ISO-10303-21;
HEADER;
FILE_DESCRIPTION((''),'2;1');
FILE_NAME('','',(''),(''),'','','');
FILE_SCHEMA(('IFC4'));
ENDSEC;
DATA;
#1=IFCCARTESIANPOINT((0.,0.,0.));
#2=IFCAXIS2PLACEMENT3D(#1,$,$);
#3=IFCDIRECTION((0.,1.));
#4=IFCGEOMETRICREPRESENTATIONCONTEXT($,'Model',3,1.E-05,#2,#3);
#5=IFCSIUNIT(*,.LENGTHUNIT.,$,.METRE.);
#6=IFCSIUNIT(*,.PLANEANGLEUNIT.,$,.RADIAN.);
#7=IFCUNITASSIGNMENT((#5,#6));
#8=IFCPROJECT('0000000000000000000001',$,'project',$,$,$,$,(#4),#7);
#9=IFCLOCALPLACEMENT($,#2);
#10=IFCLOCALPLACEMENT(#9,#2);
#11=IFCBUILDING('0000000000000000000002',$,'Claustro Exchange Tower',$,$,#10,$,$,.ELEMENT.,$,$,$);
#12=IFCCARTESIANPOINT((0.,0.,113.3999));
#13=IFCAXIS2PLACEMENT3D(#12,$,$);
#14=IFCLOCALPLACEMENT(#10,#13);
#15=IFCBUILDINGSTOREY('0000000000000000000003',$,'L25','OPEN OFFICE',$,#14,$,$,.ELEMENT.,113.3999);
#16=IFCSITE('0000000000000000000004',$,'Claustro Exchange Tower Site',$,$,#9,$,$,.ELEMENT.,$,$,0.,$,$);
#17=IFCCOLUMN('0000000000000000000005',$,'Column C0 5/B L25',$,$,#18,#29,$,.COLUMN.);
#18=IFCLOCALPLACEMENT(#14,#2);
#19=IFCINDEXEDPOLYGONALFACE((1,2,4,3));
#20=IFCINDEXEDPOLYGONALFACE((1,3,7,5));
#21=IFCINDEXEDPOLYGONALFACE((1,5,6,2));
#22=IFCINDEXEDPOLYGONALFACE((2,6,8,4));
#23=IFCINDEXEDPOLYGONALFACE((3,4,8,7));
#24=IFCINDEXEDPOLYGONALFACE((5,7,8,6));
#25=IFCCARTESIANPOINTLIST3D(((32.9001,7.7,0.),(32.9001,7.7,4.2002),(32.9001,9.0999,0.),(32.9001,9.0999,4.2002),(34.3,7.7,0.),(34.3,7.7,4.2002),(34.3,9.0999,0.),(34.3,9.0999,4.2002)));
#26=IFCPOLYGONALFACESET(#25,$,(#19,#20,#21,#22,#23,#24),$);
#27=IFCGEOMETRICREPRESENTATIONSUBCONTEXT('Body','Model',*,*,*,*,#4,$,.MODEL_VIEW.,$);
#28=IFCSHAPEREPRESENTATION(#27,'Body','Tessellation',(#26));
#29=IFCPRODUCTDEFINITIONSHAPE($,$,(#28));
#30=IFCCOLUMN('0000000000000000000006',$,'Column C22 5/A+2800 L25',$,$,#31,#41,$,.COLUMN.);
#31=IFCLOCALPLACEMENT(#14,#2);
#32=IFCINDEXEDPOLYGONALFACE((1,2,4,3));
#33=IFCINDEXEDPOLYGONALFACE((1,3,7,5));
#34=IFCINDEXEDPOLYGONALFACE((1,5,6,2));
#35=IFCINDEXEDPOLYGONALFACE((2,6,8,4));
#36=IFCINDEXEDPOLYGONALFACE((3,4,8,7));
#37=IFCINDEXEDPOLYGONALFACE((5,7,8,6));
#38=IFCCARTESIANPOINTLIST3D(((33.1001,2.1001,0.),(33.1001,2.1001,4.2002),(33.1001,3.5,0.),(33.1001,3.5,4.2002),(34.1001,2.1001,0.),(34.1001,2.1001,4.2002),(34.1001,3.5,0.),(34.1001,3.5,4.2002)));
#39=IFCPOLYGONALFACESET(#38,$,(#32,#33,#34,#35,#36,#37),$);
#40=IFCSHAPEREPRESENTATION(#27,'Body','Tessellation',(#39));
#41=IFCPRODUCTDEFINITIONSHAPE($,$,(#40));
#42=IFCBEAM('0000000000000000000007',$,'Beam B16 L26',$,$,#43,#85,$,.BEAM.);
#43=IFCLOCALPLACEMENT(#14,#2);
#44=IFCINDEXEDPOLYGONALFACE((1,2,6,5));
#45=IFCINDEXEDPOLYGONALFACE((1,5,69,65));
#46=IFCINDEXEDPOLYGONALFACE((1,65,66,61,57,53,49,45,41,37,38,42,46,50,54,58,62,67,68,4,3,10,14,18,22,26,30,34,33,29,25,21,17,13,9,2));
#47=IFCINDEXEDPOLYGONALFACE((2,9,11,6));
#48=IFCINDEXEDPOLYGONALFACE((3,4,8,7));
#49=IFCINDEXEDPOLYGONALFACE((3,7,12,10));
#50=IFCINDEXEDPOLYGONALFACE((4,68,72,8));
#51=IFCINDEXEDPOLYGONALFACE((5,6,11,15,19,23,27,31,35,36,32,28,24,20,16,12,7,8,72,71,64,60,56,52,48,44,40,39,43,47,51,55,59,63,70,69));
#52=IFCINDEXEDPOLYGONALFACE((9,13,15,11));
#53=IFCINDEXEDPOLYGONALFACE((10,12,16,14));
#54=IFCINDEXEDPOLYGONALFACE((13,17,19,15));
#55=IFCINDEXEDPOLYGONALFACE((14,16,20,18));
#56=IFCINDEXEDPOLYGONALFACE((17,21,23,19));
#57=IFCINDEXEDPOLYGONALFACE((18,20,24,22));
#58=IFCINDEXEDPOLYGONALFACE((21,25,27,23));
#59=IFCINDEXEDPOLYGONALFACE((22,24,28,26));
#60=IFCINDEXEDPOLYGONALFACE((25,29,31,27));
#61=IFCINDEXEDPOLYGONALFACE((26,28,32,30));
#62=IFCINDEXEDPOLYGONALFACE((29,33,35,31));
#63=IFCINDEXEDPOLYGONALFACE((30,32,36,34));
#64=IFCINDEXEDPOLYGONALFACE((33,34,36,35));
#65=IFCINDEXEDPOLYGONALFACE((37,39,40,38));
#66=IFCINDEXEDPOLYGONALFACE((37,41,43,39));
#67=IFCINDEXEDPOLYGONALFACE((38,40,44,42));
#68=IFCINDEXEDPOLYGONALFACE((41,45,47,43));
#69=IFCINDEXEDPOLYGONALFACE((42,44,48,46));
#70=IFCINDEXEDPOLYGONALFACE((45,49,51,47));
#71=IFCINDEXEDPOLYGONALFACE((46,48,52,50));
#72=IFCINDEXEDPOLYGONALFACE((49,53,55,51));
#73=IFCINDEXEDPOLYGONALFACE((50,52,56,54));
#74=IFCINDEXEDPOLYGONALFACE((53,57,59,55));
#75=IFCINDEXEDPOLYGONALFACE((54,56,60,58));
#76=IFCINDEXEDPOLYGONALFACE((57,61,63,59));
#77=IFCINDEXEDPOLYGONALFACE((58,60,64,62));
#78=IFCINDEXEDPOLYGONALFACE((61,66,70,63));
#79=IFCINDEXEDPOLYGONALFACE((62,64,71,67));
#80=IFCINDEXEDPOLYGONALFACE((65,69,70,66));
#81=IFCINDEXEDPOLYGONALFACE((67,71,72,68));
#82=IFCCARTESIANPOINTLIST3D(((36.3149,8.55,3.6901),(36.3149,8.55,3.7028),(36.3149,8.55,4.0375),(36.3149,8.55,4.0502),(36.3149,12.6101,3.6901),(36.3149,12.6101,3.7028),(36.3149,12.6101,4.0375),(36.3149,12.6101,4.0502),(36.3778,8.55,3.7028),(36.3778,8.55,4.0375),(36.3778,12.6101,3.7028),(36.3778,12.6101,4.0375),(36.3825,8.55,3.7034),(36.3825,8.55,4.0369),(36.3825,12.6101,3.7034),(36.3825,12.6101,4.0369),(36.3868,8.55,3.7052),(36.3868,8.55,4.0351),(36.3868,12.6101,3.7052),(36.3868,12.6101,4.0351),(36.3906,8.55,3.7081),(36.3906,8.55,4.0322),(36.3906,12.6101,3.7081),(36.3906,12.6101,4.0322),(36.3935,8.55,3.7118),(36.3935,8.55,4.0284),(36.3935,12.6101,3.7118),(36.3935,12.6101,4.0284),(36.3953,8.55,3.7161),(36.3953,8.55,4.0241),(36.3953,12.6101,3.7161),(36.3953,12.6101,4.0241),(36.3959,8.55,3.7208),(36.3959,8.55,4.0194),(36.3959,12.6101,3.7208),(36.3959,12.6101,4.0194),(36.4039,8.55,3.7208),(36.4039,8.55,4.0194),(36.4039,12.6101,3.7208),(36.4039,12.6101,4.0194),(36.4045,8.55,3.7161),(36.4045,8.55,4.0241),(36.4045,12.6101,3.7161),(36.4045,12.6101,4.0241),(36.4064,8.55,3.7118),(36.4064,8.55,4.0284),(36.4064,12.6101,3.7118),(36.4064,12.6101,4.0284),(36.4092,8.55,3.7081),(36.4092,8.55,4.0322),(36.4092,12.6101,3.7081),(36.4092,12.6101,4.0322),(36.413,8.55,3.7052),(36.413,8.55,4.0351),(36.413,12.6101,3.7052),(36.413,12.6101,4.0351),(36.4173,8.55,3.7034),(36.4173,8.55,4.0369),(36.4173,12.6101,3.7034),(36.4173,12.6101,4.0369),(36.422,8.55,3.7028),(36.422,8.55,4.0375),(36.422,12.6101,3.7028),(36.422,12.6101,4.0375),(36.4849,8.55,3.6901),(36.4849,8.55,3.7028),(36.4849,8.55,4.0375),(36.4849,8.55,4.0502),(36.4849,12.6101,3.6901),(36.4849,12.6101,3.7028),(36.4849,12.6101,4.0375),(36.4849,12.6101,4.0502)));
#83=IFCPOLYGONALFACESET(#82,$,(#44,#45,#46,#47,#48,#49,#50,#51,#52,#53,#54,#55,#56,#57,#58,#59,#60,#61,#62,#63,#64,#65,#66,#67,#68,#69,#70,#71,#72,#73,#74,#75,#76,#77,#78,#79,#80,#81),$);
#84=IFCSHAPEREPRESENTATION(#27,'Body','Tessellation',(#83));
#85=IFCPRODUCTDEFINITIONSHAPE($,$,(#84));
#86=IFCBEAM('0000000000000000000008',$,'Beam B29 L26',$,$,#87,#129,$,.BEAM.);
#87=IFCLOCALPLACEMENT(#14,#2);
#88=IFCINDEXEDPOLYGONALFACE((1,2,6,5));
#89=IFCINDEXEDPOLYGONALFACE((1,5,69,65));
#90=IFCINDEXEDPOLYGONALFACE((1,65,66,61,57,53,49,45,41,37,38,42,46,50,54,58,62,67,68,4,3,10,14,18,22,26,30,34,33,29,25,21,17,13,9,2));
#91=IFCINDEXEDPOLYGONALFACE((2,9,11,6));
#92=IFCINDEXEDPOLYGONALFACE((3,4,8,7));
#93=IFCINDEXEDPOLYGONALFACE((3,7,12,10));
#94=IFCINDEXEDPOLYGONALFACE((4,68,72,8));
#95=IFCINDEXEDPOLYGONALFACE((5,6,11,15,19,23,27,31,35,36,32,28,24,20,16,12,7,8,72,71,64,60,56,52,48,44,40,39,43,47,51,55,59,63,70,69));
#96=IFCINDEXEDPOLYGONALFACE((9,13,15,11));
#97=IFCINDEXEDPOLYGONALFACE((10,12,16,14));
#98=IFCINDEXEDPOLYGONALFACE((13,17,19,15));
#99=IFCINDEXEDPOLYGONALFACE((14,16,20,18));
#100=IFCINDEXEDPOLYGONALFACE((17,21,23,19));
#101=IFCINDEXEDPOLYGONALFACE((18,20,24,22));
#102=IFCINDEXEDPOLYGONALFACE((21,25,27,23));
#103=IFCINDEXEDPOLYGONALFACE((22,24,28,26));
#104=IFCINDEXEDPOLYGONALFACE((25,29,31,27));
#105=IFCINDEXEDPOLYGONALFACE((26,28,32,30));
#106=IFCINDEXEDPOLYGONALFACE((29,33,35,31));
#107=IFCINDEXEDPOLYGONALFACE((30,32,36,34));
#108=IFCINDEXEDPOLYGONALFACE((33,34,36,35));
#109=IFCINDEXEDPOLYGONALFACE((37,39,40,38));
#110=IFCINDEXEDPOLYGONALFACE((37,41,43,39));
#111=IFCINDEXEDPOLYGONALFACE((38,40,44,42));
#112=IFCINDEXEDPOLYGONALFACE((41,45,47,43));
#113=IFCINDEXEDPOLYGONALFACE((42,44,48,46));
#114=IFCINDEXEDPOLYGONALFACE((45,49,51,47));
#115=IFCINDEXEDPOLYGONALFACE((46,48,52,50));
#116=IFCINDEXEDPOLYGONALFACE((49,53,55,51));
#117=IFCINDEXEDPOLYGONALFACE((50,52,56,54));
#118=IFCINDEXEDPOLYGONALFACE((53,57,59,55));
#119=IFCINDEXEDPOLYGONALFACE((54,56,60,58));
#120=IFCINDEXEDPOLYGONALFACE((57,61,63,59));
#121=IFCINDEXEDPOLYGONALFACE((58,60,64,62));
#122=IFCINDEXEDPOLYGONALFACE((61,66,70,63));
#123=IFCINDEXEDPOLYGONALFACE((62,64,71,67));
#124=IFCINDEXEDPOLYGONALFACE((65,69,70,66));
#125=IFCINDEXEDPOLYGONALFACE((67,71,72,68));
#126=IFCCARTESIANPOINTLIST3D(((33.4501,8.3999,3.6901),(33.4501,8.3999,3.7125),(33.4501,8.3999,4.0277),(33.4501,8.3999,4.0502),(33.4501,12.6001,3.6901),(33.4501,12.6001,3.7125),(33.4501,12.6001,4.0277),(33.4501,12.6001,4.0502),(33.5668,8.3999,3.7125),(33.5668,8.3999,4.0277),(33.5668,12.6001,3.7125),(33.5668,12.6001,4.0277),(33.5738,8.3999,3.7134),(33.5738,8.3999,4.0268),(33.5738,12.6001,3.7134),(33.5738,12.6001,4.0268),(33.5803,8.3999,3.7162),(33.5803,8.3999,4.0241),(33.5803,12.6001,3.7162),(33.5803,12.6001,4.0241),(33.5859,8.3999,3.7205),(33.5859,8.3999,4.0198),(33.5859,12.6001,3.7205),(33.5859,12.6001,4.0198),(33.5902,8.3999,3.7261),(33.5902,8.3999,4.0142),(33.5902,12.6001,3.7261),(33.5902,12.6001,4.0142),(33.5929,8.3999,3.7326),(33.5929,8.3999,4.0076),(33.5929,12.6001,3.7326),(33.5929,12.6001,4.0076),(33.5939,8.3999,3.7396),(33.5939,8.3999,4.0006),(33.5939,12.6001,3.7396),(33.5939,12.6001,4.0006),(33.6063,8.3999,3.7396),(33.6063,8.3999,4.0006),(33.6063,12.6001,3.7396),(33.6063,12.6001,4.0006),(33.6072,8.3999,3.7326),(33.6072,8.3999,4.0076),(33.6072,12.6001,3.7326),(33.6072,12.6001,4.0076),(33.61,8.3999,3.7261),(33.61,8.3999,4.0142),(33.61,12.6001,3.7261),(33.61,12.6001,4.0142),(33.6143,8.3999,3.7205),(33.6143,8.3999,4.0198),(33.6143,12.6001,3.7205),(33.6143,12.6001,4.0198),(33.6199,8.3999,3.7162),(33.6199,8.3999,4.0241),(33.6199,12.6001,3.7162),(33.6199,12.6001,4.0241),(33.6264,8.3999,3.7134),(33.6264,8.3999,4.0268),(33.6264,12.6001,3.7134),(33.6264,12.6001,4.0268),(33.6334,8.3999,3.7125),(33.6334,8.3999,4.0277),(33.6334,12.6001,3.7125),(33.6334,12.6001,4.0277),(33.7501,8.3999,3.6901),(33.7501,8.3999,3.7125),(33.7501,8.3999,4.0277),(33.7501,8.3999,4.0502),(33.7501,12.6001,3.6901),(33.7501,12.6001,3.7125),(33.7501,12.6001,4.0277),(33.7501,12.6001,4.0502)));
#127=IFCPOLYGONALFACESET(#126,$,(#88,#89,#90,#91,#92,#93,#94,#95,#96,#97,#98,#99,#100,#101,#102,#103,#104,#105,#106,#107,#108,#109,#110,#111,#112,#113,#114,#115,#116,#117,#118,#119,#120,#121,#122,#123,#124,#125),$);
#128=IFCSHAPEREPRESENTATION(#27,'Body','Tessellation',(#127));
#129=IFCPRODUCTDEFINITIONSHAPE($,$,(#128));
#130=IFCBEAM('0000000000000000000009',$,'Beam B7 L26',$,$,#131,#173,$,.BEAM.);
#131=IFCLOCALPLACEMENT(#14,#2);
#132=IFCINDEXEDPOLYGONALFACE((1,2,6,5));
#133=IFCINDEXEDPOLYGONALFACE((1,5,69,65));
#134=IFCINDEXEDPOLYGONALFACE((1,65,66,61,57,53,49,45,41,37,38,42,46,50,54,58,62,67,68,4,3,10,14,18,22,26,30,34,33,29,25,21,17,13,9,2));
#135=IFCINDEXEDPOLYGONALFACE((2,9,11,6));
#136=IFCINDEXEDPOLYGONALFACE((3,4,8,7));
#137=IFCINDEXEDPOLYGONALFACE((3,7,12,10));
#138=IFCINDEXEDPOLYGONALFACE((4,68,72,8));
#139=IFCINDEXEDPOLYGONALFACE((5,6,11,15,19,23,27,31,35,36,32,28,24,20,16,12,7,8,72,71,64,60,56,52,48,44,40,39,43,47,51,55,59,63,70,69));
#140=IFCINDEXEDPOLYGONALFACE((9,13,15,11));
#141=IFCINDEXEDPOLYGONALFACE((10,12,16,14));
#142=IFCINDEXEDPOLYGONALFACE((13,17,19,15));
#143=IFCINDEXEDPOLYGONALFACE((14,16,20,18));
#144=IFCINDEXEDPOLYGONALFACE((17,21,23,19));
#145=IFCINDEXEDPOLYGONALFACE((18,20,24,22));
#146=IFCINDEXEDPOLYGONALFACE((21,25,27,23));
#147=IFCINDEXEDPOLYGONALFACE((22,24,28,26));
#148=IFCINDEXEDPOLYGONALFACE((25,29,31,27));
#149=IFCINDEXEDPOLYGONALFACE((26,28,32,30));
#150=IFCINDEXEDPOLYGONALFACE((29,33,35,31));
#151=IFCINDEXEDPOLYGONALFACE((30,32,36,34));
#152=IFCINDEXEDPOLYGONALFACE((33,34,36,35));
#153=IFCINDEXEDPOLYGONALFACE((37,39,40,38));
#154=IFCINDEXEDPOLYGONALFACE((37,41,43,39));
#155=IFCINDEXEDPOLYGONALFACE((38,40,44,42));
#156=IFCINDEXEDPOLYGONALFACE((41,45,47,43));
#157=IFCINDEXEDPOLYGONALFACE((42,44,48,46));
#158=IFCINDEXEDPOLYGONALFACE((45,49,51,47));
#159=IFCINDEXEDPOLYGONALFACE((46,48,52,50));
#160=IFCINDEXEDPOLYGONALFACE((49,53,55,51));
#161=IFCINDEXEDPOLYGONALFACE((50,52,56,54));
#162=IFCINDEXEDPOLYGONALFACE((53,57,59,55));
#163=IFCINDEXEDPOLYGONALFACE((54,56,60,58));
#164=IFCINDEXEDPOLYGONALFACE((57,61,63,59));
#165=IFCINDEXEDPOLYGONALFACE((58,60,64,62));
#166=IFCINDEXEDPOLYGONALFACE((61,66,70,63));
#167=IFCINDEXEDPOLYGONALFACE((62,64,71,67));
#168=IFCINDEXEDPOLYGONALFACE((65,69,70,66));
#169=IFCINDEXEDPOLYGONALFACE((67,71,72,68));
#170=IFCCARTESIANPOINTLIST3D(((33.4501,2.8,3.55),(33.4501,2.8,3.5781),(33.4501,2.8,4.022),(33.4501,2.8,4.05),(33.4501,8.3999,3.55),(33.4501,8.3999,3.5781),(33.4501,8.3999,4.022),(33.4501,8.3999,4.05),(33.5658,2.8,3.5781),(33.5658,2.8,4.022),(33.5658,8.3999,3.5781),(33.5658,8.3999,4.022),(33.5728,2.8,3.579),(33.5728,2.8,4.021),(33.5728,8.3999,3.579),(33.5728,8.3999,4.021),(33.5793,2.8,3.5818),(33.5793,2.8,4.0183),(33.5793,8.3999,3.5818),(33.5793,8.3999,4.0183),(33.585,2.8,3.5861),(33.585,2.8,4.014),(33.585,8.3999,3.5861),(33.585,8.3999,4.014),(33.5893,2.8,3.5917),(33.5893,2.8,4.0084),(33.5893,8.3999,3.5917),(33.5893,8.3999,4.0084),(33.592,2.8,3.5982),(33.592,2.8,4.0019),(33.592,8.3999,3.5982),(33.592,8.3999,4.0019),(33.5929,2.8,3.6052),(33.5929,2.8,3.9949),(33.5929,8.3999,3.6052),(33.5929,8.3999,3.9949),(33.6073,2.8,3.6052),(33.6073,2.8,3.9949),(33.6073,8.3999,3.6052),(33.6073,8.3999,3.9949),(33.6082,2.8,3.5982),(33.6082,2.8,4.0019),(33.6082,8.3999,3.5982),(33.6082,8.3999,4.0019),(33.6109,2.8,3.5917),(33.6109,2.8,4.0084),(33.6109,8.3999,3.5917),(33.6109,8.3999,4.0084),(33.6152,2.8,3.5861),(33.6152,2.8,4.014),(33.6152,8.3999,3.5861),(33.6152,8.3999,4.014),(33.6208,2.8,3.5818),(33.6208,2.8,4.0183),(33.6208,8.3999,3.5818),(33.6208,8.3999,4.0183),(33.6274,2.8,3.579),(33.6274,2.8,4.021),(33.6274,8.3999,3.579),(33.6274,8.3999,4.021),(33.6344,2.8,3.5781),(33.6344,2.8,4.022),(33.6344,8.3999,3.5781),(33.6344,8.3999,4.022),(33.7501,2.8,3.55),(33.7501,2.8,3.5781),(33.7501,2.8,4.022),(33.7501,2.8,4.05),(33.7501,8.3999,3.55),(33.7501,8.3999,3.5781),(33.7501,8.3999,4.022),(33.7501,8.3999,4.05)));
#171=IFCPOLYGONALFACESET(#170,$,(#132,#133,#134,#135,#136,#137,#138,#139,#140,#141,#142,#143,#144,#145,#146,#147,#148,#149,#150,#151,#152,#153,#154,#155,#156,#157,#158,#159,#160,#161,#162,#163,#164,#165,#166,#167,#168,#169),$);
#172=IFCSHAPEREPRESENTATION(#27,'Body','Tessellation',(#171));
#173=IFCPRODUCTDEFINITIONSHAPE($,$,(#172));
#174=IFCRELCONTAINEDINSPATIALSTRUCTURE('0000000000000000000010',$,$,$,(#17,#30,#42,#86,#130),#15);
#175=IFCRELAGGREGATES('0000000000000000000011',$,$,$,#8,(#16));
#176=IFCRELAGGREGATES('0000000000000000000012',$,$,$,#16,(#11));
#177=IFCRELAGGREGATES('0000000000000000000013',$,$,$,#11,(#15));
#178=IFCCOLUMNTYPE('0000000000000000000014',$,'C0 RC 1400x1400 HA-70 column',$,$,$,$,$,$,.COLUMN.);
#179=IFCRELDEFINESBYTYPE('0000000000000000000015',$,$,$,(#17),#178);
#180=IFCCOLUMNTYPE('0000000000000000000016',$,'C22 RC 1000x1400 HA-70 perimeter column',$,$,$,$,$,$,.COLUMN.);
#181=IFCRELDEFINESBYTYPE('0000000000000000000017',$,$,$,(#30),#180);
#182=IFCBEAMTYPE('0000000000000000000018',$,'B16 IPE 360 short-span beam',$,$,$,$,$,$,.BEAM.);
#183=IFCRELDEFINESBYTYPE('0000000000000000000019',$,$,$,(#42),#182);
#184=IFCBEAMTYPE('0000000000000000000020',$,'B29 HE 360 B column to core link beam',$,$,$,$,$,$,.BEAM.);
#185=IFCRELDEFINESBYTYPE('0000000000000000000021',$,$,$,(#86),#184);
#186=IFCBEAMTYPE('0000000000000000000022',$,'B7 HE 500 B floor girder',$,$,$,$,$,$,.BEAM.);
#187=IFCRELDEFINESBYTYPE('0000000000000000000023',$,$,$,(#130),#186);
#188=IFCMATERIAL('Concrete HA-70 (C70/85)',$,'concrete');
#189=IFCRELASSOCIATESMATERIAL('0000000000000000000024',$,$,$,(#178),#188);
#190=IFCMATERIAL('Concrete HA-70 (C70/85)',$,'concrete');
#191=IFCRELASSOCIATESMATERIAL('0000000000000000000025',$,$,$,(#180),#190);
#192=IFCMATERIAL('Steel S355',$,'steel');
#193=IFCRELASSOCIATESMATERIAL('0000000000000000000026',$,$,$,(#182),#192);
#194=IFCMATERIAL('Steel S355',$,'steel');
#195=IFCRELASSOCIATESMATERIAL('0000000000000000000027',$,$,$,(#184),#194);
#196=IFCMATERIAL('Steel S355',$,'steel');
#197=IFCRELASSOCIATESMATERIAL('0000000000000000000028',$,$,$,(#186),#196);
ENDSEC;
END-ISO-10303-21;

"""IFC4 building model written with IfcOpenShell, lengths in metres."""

from ifc_helpers import new_model, si_unit, direction, frame, origin, origin_2d, place, context, subcontext, project, spatial, rectangle, i_section, extrude, material, material_profile, profile_set, type_object, element, save


model = new_model("IFC4")

# Units and contexts
model_context = context("Model", 3, precision=1e-05, world=origin(), true_north=direction((0.0, 1.0)))
body_context = subcontext(model_context, "Body", "Model", "MODEL_VIEW")
ifc_project = project(units=[si_unit("LENGTHUNIT", "METRE"), si_unit("PLANEANGLEUNIT", "RADIAN")], contexts=[model_context])

# Site, building, storey
site_placement = place(None, origin())
site = spatial("IfcSite", under=ifc_project, at=site_placement, Name="Claustro Exchange Tower Site", CompositionType="ELEMENT", RefElevation=0.0)
building_placement = place(site_placement, origin())
building = spatial("IfcBuilding", under=site, at=building_placement, Name="Claustro Exchange Tower", CompositionType="ELEMENT")
storey_placement = place(building_placement, frame((0.0, 0.0, 113.3999)))
storey = spatial("IfcBuildingStorey", under=building, at=storey_placement, Name="L25", Description="OPEN OFFICE", CompositionType="ELEMENT", Elevation=113.3999)

# Columns
ifc_material_1 = material(Name="Concrete HA-70 (C70/85)", Category="concrete")
ifc_material_profile_1 = material_profile(ifc_material_1, rectangle(XDim=1.3999, YDim=1.3999, at=origin_2d()), Name="RC 1400x1400")
ifc_profile_set_1 = profile_set([ifc_material_profile_1], Name="Concrete HA-70 (C70/85)")
column_type_1 = type_object("IfcColumnType", Name="C0 RC 1400x1400 HA-70 column", PredefinedType="COLUMN", material=ifc_profile_set_1)
column_1_placement = place(storey_placement, frame((33.6001, 8.3999, 0.0), z_axis=(0.0, 0.0, 1.0), x_axis=(1.0, 0.0, 0.0)))
element("IfcColumn", 1, at=column_1_placement, inside=storey, type_object=column_type_1, Name="Column C0 5/B L25", PredefinedType="COLUMN", context=body_context, shape_type="SweptSolid", body=[
    extrude(rectangle(XDim=1.3999, YDim=1.3999, at=origin_2d()), origin(), (0.0, 0.0, 1.0), 4.2002),
])
ifc_material_2 = material(Name="Concrete HA-70 (C70/85)", Category="concrete")
ifc_material_profile_2 = material_profile(ifc_material_2, rectangle(XDim=1.0, YDim=1.3999, at=origin_2d()), Name="RC 1000x1400")
ifc_profile_set_2 = profile_set([ifc_material_profile_2], Name="Concrete HA-70 (C70/85)")
column_type_2 = type_object("IfcColumnType", Name="C22 RC 1000x1400 HA-70 perimeter column", PredefinedType="COLUMN", material=ifc_profile_set_2)
column_2_placement = place(storey_placement, frame((33.6001, 2.8, 0.0), z_axis=(0.0, 0.0, 1.0), x_axis=(1.0, 0.0, 0.0)))
element("IfcColumn", 2, at=column_2_placement, inside=storey, type_object=column_type_2, Name="Column C22 5/A+2800 L25", PredefinedType="COLUMN", context=body_context, shape_type="SweptSolid", body=[
    extrude(rectangle(XDim=1.0, YDim=1.3999, at=origin_2d()), origin(), (0.0, 0.0, 1.0), 4.2002),
])

# Beams
ifc_material_3 = material(Name="Steel S355", Category="steel")
ifc_material_profile_3 = material_profile(ifc_material_3, i_section(OverallWidth=0.1699, OverallDepth=0.3601, WebThickness=0.0081, FlangeThickness=0.0127, FilletRadius=0.0181, at=origin_2d()), Name="IPE 360")
ifc_profile_set_3 = profile_set([ifc_material_profile_3], Name="Steel S355")
beam_type_1 = type_object("IfcBeamType", Name="B16 IPE 360 short-span beam", PredefinedType="BEAM", material=ifc_profile_set_3)
beam_1_placement = place(storey_placement, frame((36.3999, 8.55, 3.8701), z_axis=(0.0, 1.0, 0.0), x_axis=(-1.0, 0.0, 0.0)))
element("IfcBeam", 3, at=beam_1_placement, inside=storey, type_object=beam_type_1, Name="Beam B16 L26", PredefinedType="BEAM", context=body_context, shape_type="SweptSolid", body=[
    extrude(i_section(OverallWidth=0.1699, OverallDepth=0.3601, WebThickness=0.0081, FlangeThickness=0.0127, FilletRadius=0.0181, at=origin_2d()), origin(), (0.0, 0.0, 1.0), 4.0601),
])
ifc_material_4 = material(Name="Steel S355", Category="steel")
ifc_material_profile_4 = material_profile(ifc_material_4, i_section(OverallWidth=0.3, OverallDepth=0.3601, WebThickness=0.0125, FlangeThickness=0.0225, FilletRadius=0.0271, at=origin_2d()), Name="HE 360 B")
ifc_profile_set_4 = profile_set([ifc_material_profile_4], Name="Steel S355")
beam_type_2 = type_object("IfcBeamType", Name="B29 HE 360 B column to core link beam", PredefinedType="BEAM", material=ifc_profile_set_4)
beam_2_placement = place(storey_placement, frame((33.6001, 8.3999, 3.8701), z_axis=(0.0, 1.0, 0.0), x_axis=(-1.0, 0.0, 0.0)))
element("IfcBeam", 4, at=beam_2_placement, inside=storey, type_object=beam_type_2, Name="Beam B29 L26", PredefinedType="BEAM", context=body_context, shape_type="SweptSolid", body=[
    extrude(i_section(OverallWidth=0.3, OverallDepth=0.3601, WebThickness=0.0125, FlangeThickness=0.0225, FilletRadius=0.0271, at=origin_2d()), origin(), (0.0, 0.0, 1.0), 4.2002),
])
ifc_material_5 = material(Name="Steel S355", Category="steel")
ifc_material_profile_5 = material_profile(ifc_material_5, i_section(OverallWidth=0.3, OverallDepth=0.5, WebThickness=0.0144, FlangeThickness=0.0281, FilletRadius=0.0271, at=origin_2d()), Name="HE 500 B")
ifc_profile_set_5 = profile_set([ifc_material_profile_5], Name="Steel S355")
beam_type_3 = type_object("IfcBeamType", Name="B7 HE 500 B floor girder", PredefinedType="BEAM", material=ifc_profile_set_5)
beam_3_placement = place(storey_placement, frame((33.6001, 2.8, 3.8), z_axis=(0.0, 1.0, 0.0), x_axis=(-1.0, 0.0, 0.0)))
element("IfcBeam", 5, at=beam_3_placement, inside=storey, type_object=beam_type_3, Name="Beam B7 L26", PredefinedType="BEAM", context=body_context, shape_type="SweptSolid", body=[
    extrude(i_section(OverallWidth=0.3, OverallDepth=0.5, WebThickness=0.0144, FlangeThickness=0.0281, FilletRadius=0.0271, at=origin_2d()), origin(), (0.0, 0.0, 1.0), 5.5999),
])

save(model, "model.ifc")
